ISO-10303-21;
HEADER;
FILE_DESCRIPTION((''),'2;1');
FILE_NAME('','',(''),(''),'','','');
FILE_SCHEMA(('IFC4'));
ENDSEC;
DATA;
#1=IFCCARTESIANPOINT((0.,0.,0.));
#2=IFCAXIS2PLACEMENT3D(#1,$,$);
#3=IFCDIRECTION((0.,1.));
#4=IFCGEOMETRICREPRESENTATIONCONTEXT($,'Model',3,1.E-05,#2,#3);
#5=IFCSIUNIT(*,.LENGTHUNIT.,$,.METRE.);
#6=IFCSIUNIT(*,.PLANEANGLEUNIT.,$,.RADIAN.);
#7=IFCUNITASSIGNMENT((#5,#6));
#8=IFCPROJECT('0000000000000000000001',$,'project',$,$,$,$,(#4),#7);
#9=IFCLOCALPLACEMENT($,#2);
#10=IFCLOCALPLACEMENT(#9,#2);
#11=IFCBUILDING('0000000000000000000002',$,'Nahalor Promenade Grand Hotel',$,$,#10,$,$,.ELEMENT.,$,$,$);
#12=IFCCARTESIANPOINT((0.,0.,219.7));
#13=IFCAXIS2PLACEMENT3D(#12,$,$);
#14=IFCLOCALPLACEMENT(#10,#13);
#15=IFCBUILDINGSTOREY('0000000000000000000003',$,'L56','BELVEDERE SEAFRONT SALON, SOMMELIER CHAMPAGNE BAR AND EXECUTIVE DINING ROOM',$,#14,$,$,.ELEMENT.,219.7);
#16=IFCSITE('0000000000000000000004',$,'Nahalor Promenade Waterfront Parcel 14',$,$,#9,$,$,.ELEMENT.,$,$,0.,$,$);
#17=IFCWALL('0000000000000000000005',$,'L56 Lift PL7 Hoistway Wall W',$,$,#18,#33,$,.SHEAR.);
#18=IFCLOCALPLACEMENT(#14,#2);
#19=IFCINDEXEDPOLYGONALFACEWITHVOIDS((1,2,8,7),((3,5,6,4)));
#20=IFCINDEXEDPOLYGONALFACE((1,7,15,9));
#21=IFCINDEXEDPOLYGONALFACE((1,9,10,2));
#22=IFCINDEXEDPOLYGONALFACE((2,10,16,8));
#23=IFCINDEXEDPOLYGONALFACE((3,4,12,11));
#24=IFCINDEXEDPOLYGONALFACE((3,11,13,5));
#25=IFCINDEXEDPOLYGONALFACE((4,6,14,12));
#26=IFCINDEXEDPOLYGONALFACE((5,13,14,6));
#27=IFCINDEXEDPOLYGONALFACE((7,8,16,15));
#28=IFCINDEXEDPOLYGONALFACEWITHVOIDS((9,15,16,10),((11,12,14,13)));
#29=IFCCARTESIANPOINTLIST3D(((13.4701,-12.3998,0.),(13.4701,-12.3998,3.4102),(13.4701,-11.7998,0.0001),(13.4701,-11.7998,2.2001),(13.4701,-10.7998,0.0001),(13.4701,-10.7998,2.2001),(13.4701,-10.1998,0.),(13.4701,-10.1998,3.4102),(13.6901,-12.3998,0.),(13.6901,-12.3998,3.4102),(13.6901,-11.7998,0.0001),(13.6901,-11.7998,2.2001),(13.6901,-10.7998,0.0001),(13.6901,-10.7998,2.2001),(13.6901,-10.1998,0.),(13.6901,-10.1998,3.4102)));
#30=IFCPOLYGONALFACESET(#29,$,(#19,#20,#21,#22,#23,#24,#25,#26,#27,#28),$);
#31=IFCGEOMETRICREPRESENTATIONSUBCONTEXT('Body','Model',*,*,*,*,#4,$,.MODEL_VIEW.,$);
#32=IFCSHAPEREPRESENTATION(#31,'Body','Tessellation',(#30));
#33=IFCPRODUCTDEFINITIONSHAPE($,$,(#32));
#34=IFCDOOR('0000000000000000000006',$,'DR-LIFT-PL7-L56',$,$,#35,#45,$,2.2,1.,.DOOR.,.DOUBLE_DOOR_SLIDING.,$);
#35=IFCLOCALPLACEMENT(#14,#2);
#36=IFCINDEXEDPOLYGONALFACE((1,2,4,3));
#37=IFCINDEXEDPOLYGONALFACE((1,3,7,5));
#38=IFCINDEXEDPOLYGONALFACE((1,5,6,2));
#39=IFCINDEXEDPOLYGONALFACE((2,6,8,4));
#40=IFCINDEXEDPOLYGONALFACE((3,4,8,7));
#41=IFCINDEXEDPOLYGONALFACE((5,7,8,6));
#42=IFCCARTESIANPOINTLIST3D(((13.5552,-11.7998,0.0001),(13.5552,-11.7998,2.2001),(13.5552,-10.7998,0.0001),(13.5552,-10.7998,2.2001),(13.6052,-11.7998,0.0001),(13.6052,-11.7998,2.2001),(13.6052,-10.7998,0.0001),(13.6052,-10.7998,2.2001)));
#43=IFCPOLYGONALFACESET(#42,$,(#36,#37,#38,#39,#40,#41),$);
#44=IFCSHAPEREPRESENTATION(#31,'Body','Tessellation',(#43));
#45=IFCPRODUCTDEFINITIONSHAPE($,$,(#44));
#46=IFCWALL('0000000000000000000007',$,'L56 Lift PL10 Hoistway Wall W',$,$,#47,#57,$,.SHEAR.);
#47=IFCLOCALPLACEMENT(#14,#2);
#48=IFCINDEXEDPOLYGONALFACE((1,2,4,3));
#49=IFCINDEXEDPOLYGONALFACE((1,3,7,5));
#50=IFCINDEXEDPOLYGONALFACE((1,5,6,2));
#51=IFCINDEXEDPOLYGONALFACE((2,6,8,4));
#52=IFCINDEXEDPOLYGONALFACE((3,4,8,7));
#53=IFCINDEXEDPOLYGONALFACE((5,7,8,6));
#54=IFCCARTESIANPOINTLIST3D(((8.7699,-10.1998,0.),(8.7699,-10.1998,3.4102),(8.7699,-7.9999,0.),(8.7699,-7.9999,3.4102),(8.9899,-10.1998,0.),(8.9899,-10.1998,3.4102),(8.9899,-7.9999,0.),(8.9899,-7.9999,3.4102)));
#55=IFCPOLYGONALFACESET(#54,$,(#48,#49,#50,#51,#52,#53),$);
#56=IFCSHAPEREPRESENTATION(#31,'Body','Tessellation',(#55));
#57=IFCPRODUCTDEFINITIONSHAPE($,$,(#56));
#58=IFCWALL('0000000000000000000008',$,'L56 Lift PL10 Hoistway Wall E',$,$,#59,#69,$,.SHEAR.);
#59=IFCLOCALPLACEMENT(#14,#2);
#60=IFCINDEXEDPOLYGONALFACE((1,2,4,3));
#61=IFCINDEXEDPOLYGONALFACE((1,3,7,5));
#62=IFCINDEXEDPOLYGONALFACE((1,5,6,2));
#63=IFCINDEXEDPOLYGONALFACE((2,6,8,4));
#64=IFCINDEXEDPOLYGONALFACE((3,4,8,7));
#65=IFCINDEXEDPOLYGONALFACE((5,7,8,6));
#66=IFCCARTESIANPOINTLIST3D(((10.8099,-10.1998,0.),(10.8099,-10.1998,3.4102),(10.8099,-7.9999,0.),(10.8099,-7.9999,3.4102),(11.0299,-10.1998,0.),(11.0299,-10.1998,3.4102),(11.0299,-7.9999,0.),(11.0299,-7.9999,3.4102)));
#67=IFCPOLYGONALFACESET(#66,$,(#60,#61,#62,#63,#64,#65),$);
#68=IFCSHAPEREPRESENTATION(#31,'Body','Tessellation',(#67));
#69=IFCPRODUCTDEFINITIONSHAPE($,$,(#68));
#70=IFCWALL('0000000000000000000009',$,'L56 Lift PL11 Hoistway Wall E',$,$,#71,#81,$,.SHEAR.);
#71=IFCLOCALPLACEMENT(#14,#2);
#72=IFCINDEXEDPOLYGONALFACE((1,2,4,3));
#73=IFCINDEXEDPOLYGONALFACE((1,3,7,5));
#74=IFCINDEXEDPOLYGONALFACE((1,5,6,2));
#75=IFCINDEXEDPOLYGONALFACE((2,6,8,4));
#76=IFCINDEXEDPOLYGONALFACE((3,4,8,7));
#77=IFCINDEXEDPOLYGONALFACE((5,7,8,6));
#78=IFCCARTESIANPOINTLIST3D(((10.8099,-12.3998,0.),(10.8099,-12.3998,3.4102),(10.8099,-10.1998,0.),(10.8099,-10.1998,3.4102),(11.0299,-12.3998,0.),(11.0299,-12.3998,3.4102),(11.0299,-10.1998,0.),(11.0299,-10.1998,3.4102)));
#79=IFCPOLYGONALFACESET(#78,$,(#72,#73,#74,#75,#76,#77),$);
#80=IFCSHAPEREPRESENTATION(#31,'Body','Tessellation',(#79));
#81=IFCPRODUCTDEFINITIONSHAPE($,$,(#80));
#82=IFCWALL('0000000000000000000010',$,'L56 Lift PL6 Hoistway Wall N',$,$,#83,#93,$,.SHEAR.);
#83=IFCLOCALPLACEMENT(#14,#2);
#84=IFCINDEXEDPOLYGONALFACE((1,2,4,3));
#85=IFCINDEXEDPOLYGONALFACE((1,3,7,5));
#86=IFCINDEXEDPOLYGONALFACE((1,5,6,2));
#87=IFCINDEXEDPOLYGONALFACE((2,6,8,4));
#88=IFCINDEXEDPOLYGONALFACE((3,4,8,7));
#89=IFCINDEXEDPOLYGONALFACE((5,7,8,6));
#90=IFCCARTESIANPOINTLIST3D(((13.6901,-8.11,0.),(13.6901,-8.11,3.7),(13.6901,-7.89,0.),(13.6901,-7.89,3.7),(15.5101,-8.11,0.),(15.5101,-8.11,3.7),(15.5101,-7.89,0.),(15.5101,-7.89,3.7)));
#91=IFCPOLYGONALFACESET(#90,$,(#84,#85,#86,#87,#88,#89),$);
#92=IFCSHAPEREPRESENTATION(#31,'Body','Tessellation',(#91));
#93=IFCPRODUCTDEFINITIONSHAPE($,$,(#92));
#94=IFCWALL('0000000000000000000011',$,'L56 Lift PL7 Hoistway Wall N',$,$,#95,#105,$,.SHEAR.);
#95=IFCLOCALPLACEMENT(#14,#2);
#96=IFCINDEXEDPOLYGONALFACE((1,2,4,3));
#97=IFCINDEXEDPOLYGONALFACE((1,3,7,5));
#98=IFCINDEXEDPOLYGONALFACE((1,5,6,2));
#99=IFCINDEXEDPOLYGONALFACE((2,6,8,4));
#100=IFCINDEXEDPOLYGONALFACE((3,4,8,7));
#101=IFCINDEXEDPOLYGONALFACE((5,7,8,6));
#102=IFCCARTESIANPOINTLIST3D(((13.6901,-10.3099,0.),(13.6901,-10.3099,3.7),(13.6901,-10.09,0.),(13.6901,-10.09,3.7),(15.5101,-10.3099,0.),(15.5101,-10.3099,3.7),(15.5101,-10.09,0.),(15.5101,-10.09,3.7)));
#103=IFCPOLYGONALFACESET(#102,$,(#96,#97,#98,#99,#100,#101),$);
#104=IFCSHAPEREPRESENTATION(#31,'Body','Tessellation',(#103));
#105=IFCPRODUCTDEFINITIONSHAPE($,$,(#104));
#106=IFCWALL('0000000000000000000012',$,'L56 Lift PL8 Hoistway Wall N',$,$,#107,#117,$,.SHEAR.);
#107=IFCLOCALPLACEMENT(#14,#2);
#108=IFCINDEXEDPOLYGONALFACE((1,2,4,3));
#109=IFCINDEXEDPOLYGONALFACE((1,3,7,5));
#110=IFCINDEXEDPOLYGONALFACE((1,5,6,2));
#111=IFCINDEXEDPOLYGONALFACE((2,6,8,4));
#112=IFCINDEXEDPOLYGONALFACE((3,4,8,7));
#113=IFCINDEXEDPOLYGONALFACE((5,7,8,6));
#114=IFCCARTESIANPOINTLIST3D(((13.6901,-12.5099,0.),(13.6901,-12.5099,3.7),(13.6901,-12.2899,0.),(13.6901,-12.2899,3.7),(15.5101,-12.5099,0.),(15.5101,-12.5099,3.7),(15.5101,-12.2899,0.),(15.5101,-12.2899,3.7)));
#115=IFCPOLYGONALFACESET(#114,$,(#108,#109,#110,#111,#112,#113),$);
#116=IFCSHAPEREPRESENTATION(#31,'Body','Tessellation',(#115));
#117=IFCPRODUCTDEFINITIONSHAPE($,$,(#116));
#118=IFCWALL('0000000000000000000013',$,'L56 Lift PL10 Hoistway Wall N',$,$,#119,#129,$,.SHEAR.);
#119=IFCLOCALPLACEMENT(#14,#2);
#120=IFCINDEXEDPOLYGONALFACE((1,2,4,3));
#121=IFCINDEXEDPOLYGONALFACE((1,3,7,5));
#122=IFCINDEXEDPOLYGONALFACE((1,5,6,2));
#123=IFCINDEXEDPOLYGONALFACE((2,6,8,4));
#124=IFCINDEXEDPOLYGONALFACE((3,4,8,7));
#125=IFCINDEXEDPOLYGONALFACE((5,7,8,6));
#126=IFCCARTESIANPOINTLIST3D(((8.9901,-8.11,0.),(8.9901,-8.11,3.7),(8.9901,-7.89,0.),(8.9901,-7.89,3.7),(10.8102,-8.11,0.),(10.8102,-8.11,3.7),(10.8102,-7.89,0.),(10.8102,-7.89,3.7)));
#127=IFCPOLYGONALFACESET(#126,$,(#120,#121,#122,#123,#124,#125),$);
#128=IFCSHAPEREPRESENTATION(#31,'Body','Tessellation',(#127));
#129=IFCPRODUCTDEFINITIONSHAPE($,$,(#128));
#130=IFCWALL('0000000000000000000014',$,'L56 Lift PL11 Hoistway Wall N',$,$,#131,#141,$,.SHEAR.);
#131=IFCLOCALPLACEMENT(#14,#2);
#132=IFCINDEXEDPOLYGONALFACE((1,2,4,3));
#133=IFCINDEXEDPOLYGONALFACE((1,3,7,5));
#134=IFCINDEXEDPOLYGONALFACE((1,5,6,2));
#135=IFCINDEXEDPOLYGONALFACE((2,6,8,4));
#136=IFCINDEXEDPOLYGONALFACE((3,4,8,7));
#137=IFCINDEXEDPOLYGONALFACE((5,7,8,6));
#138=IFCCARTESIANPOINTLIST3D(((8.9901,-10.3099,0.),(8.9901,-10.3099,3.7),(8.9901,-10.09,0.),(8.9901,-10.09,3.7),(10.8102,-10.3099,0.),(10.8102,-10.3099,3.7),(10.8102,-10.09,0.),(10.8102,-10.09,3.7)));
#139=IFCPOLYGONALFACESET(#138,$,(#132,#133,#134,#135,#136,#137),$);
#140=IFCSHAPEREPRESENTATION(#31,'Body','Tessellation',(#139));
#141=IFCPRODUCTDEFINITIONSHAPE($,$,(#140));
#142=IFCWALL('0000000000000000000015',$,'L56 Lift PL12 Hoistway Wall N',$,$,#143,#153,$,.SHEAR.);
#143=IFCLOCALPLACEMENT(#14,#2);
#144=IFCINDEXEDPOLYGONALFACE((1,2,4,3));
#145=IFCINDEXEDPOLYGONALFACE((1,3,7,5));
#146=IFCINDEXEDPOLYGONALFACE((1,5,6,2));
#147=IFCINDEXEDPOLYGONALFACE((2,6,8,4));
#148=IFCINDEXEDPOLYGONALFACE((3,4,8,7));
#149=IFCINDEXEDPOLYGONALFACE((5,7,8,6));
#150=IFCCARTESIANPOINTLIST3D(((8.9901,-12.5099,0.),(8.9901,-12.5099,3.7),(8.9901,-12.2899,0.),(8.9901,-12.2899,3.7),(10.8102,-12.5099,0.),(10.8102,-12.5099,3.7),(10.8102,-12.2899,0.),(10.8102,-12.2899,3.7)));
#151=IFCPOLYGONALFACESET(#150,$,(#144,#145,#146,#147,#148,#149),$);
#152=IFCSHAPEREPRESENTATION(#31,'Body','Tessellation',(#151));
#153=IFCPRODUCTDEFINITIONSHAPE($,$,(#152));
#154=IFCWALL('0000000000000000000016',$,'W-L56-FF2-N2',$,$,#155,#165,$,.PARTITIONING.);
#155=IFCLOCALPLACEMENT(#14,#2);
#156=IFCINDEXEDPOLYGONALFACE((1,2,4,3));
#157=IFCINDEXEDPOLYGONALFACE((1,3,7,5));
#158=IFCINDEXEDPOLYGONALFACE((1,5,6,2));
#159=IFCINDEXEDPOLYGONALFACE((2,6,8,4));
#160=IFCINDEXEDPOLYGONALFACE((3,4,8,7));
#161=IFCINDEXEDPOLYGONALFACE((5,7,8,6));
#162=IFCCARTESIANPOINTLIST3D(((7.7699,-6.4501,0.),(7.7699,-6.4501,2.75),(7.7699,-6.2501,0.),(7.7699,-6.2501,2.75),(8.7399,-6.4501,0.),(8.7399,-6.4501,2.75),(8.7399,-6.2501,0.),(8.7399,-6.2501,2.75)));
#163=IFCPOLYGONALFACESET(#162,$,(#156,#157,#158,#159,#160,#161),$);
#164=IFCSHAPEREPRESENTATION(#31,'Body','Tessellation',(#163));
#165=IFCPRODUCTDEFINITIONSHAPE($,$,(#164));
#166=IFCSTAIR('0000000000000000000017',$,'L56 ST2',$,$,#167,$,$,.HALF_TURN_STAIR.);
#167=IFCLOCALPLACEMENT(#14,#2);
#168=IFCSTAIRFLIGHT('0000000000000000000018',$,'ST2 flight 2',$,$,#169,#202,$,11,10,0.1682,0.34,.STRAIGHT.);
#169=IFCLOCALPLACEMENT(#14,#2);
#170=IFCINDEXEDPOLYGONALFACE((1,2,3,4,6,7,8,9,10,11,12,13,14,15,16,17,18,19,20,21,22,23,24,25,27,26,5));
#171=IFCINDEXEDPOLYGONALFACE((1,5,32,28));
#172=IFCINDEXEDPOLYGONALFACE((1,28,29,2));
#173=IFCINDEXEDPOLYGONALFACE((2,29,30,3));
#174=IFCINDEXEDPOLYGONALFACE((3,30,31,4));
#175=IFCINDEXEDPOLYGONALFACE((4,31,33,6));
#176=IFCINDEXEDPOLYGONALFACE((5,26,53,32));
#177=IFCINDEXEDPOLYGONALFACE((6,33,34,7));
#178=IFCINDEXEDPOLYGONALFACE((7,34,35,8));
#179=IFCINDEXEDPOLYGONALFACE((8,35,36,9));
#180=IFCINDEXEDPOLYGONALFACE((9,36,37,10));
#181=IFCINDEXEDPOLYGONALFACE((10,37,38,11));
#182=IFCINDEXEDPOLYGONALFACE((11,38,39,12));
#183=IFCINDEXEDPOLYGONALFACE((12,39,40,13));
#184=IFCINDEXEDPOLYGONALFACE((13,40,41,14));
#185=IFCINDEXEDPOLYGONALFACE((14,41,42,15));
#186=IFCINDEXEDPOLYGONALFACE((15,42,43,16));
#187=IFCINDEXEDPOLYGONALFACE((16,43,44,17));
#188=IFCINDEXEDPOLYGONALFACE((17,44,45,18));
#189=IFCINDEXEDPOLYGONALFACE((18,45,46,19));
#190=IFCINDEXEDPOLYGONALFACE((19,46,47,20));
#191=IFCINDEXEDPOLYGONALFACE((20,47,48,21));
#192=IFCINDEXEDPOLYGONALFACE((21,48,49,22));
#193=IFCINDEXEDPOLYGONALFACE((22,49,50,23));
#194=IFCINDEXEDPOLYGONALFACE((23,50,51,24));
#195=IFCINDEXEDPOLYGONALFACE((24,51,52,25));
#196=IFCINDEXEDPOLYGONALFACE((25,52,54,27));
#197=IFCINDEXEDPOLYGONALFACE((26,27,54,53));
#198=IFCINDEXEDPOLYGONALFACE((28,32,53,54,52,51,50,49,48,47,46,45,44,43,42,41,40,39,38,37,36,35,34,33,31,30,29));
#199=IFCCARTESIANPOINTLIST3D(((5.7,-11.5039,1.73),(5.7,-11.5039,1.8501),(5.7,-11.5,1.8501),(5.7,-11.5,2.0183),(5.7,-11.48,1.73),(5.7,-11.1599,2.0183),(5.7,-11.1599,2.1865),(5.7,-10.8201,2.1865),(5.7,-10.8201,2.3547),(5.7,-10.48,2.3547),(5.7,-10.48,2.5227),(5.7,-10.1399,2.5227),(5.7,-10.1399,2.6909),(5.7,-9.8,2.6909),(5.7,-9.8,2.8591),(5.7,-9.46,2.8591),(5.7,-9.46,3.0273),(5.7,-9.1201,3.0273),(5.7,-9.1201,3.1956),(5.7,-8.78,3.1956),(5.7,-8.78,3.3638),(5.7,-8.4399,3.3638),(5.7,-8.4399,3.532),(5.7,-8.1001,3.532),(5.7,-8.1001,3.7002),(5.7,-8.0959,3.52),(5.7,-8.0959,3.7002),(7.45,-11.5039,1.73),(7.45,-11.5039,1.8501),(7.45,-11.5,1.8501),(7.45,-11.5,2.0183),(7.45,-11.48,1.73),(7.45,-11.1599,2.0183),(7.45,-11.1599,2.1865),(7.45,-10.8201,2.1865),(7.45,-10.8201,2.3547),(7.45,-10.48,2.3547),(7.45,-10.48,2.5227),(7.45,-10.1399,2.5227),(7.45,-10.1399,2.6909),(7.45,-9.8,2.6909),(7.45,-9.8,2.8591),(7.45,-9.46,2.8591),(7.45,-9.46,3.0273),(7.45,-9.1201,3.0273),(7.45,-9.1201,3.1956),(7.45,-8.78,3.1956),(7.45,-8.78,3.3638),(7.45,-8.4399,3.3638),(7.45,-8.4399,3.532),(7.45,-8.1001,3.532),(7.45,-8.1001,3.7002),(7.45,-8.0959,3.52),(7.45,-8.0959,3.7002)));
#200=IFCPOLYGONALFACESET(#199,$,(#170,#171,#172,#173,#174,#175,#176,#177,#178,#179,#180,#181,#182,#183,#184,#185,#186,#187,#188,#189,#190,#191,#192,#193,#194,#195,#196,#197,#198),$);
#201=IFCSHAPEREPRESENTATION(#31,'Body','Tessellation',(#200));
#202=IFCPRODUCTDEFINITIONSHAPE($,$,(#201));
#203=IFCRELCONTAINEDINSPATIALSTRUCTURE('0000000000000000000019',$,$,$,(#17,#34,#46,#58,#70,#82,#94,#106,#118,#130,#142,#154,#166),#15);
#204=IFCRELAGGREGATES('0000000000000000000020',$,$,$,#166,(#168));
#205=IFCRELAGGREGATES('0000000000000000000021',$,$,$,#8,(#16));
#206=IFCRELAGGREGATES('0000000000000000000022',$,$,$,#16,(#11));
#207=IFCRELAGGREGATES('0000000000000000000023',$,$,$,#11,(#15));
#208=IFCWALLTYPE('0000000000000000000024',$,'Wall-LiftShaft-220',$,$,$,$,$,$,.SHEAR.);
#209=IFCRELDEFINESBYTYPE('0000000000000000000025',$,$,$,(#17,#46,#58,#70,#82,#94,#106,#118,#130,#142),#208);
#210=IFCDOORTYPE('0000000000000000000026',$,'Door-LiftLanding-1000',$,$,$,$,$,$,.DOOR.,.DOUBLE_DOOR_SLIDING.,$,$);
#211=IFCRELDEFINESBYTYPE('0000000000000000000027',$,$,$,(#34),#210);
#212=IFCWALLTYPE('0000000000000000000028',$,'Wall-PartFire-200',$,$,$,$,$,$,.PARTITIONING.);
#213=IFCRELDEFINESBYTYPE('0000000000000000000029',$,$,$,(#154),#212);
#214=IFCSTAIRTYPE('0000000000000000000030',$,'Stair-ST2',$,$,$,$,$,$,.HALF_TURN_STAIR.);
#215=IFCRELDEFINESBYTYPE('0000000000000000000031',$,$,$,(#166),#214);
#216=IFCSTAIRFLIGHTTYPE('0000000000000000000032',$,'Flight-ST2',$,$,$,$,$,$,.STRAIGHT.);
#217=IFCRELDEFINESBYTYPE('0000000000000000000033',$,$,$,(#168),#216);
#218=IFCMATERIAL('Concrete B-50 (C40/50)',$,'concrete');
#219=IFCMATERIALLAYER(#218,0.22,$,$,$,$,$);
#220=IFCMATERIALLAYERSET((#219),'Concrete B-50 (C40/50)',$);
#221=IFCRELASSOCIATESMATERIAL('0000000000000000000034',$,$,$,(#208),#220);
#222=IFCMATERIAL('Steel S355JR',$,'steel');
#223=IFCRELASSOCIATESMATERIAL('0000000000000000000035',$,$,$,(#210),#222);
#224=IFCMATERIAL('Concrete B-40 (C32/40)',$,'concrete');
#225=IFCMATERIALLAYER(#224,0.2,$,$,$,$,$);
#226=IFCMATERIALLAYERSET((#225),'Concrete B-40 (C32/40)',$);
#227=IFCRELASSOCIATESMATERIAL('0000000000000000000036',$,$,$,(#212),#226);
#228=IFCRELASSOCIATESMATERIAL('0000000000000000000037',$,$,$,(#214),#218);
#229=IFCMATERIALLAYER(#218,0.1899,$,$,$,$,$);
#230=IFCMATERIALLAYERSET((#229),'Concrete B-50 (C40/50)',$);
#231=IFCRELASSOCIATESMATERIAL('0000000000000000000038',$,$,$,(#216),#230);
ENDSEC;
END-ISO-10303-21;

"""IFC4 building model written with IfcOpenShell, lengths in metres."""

from ifc_helpers import new_model, si_unit, direction, frame, frame_2d, origin, place, context, subcontext, project, spatial, polyline, rectangle, outline, extrude, source, transform, mapped, material, layer, layer_set, type_object, element, fill, aggregate, save


model = new_model("IFC4")

# Units and contexts
model_context = context("Model", 3, precision=1e-05, world=origin(), true_north=direction((0.0, 1.0)))
body_context = subcontext(model_context, "Body", "Model", "MODEL_VIEW")
ifc_project = project(units=[si_unit("LENGTHUNIT", "METRE"), si_unit("PLANEANGLEUNIT", "RADIAN")], contexts=[model_context])

# Site, building, storey
site_placement = place(None, origin())
site = spatial("IfcSite", under=ifc_project, at=site_placement, Name="Nahalor Promenade Waterfront Parcel 14", CompositionType="ELEMENT", RefElevation=0.0)
building_placement = place(site_placement, origin())
building = spatial("IfcBuilding", under=site, at=building_placement, Name="Nahalor Promenade Grand Hotel", CompositionType="ELEMENT")
storey_placement = place(building_placement, frame((0.0, 0.0, 219.7)))
storey = spatial("IfcBuildingStorey", under=building, at=storey_placement, Name="L56", Description="BELVEDERE SEAFRONT SALON, SOMMELIER CHAMPAGNE BAR AND EXECUTIVE DINING ROOM", CompositionType="ELEMENT", Elevation=219.7)

# Shared definitions
ifc_material_1 = material(Name="Steel S355JR", Category="steel")

# Shared definitions
ifc_material_2 = material(Name="Concrete B-50 (C40/50)", Category="concrete")
ifc_layer_1 = layer(ifc_material_2, 0.22)
ifc_layer_set_1 = layer_set([ifc_layer_1], Name="Concrete B-50 (C40/50)")
wall_type_1 = type_object("IfcWallType", Name="Wall-LiftShaft-220", PredefinedType="SHEAR", material=ifc_layer_set_1)
door_type = type_object("IfcDoorType", Name="Door-LiftLanding-1000", OperationType="DOUBLE_DOOR_SLIDING", PredefinedType="DOOR", material=ifc_material_1)
shared_shape_1 = source(origin(), body_context, "Body", "SweptSolid", [
    extrude(rectangle(XDim=1.0, YDim=2.2, at=frame_2d((0.5, 1.1001))), frame((0.0, 0.0249, 0.0), z_axis=(0.0, -1.0, 0.0), x_axis=(1.0, 0.0, 0.0)), (0.0, 0.0, 1.0), 0.05),
])

# Wall, opening, door
shared_shape_2 = source(origin(), body_context, "Body", "SweptSolid", [
    extrude(rectangle(XDim=2.2, YDim=0.22, at=frame_2d((1.1001, 0.0))), origin(), (0.0, 0.0, 1.0), 3.4102),
])
wall_1_placement = place(storey_placement, frame((13.5801, -12.3999, 0.0), z_axis=(0.0, 0.0, 1.0), x_axis=(0.0, 1.0, 0.0)))
wall_1 = element("IfcWall", 1, at=wall_1_placement, inside=storey, type_object=wall_type_1, Name="L56 Lift PL7 Hoistway Wall W", PredefinedType="SHEAR", context=body_context, shape_type="MappedRepresentation", body=[
    mapped(shared_shape_2, transform((0.0, 0.0, 0.0), scale=1.0)),
])
opening_1_placement = place(wall_1_placement, frame((0.6001, 0.0, 0.0)))
opening_1 = element("IfcOpeningElement", 2, at=opening_1_placement, cuts=wall_1, PredefinedType="OPENING", context=body_context, shape_type="SweptSolid", body=[
    extrude(rectangle(XDim=1.0, YDim=2.2, at=frame_2d((0.5, 1.1001))), frame((0.0, 0.1199, 0.0), z_axis=(0.0, -1.0, 0.0), x_axis=(1.0, 0.0, 0.0)), (0.0, 0.0, 1.0), 0.24),
])
door_1_placement = place(opening_1_placement, origin())
door_1 = element("IfcDoor", 3, at=door_1_placement, inside=storey, type_object=door_type, Name="DR-LIFT-PL7-L56", OperationType="DOUBLE_DOOR_SLIDING", OverallHeight=2.2, OverallWidth=1.0, PredefinedType="DOOR", context=body_context, shape_type="MappedRepresentation", body=[
    mapped(shared_shape_1, transform((0.0, 0.0, 0.0), scale=1.0)),
])
fill(opening_1, door_1)

# Walls
for number, where, z_axis, x_axis, name in (
    (4, (8.8799, -10.2, 0.0), (0.0, 0.0, 1.0), (0.0, 1.0, 0.0), "L56 Lift PL10 Hoistway Wall W"),
    (5, (10.9199, -10.2, 0.0), (0.0, 0.0, 1.0), (0.0, 1.0, 0.0), "L56 Lift PL10 Hoistway Wall E"),
    (6, (10.9199, -12.3999, 0.0), (0.0, 0.0, 1.0), (0.0, 1.0, 0.0), "L56 Lift PL11 Hoistway Wall E"),
):
    element("IfcWall", number, at=place(storey_placement, frame(where, z_axis=z_axis, x_axis=x_axis)), inside=storey, type_object=wall_type_1, Name=name, PredefinedType="SHEAR", context=body_context, shape_type="MappedRepresentation", body=[
        mapped(shared_shape_2, transform((0.0, 0.0, 0.0), scale=1.0)),
    ])
shared_shape_3 = source(origin(), body_context, "Body", "SweptSolid", [
    extrude(rectangle(XDim=1.8201, YDim=0.22, at=frame_2d((0.9102, 0.0))), origin(), (0.0, 0.0, 1.0), 3.7),
])
for number, where, z_axis, x_axis, name in (
    (7, (13.6899, -8.0, 0.0), (0.0, 0.0, 1.0), (1.0, 0.0, 0.0), "L56 Lift PL6 Hoistway Wall N"),
    (8, (13.6899, -10.2, 0.0), (0.0, 0.0, 1.0), (1.0, 0.0, 0.0), "L56 Lift PL7 Hoistway Wall N"),
    (9, (13.6899, -12.3999, 0.0), (0.0, 0.0, 1.0), (1.0, 0.0, 0.0), "L56 Lift PL8 Hoistway Wall N"),
    (10, (8.99, -8.0, 0.0), (0.0, 0.0, 1.0), (1.0, 0.0, 0.0), "L56 Lift PL10 Hoistway Wall N"),
    (11, (8.99, -10.2, 0.0), (0.0, 0.0, 1.0), (1.0, 0.0, 0.0), "L56 Lift PL11 Hoistway Wall N"),
    (12, (8.99, -12.3999, 0.0), (0.0, 0.0, 1.0), (1.0, 0.0, 0.0), "L56 Lift PL12 Hoistway Wall N"),
):
    element("IfcWall", number, at=place(storey_placement, frame(where, z_axis=z_axis, x_axis=x_axis)), inside=storey, type_object=wall_type_1, Name=name, PredefinedType="SHEAR", context=body_context, shape_type="MappedRepresentation", body=[
        mapped(shared_shape_3, transform((0.0, 0.0, 0.0), scale=1.0)),
    ])
ifc_material_3 = material(Name="Concrete B-40 (C32/40)", Category="concrete")
ifc_layer_2 = layer(ifc_material_3, 0.2)
ifc_layer_set_2 = layer_set([ifc_layer_2], Name="Concrete B-40 (C32/40)")
wall_type_2 = type_object("IfcWallType", Name="Wall-PartFire-200", PredefinedType="PARTITIONING", material=ifc_layer_set_2)
shared_shape_4 = source(origin(), body_context, "Body", "SweptSolid", [
    extrude(rectangle(XDim=0.97, YDim=0.2, at=frame_2d((0.4849, 0.0))), origin(), (0.0, 0.0, 1.0), 2.75),
])
wall_2_placement = place(storey_placement, frame((7.77, -6.3501, 0.0), z_axis=(0.0, 0.0, 1.0), x_axis=(1.0, 0.0, 0.0)))
element("IfcWall", 13, at=wall_2_placement, inside=storey, type_object=wall_type_2, Name="W-L56-FF2-N2", PredefinedType="PARTITIONING", context=body_context, shape_type="MappedRepresentation", body=[
    mapped(shared_shape_4, transform((0.0, 0.0, 0.0), scale=1.0)),
])

# Stair, stair flight
stair_type = type_object("IfcStairType", Name="Stair-ST2", PredefinedType="HALF_TURN_STAIR", material=ifc_material_2)
stair_placement = place(storey_placement, origin())
stair = element("IfcStair", 14, at=stair_placement, inside=storey, type_object=stair_type, Name="L56 ST2", PredefinedType="HALF_TURN_STAIR")
ifc_layer_3 = layer(ifc_material_2, 0.1899)
ifc_layer_set_3 = layer_set([ifc_layer_3], Name="Concrete B-50 (C40/50)")
stair_flight_type = type_object("IfcStairFlightType", Name="Flight-ST2", PredefinedType="STRAIGHT", material=ifc_layer_set_3)
shared_shape_5 = source(origin(), body_context, "Body", "SweptSolid", [
    extrude(outline(polyline([(-0.0039, -0.1201), (-0.0039, 0.0), (0.0, 0.0), (0.0, 0.1682), (0.3401, 0.1682), (0.3401, 0.3364), (0.6799, 0.3364), (0.6799, 0.5046), (1.02, 0.5046), (1.02, 0.6726), (1.3601, 0.6726), (1.3601, 0.8408), (1.7, 0.8408), (1.7, 1.009), (2.04, 1.009), (2.04, 1.1772), (2.3799, 1.1772), (2.3799, 1.3455), (2.72, 1.3455), (2.72, 1.5137), (3.0601, 1.5137), (3.0601, 1.6819), (3.3999, 1.6819), (3.3999, 1.8501), (3.4041, 1.8501), (3.4041, 1.6699), (0.02, -0.1201), (-0.0039, -0.1201)])), frame((0.0, 0.875, 0.0), z_axis=(0.0, -1.0, 0.0), x_axis=(1.0, 0.0, 0.0)), (0.0, 0.0, 1.0), 1.75),
])
stair_flight_placement = place(storey_placement, frame((6.575, -11.5, 1.8501), z_axis=(0.0, 0.0, 1.0), x_axis=(0.0, 1.0, 0.0)))
stair_flight = element("IfcStairFlight", 15, at=stair_flight_placement, type_object=stair_flight_type, Name="ST2 flight 2", NumberOfRisers=11, NumberOfTreads=10, PredefinedType="STRAIGHT", RiserHeight=0.1682, TreadLength=0.34, context=body_context, shape_type="MappedRepresentation", body=[
    mapped(shared_shape_5, transform((0.0, 0.0, 0.0), scale=1.0)),
])
aggregate(stair, [stair_flight])

save(model, "model.ifc")
